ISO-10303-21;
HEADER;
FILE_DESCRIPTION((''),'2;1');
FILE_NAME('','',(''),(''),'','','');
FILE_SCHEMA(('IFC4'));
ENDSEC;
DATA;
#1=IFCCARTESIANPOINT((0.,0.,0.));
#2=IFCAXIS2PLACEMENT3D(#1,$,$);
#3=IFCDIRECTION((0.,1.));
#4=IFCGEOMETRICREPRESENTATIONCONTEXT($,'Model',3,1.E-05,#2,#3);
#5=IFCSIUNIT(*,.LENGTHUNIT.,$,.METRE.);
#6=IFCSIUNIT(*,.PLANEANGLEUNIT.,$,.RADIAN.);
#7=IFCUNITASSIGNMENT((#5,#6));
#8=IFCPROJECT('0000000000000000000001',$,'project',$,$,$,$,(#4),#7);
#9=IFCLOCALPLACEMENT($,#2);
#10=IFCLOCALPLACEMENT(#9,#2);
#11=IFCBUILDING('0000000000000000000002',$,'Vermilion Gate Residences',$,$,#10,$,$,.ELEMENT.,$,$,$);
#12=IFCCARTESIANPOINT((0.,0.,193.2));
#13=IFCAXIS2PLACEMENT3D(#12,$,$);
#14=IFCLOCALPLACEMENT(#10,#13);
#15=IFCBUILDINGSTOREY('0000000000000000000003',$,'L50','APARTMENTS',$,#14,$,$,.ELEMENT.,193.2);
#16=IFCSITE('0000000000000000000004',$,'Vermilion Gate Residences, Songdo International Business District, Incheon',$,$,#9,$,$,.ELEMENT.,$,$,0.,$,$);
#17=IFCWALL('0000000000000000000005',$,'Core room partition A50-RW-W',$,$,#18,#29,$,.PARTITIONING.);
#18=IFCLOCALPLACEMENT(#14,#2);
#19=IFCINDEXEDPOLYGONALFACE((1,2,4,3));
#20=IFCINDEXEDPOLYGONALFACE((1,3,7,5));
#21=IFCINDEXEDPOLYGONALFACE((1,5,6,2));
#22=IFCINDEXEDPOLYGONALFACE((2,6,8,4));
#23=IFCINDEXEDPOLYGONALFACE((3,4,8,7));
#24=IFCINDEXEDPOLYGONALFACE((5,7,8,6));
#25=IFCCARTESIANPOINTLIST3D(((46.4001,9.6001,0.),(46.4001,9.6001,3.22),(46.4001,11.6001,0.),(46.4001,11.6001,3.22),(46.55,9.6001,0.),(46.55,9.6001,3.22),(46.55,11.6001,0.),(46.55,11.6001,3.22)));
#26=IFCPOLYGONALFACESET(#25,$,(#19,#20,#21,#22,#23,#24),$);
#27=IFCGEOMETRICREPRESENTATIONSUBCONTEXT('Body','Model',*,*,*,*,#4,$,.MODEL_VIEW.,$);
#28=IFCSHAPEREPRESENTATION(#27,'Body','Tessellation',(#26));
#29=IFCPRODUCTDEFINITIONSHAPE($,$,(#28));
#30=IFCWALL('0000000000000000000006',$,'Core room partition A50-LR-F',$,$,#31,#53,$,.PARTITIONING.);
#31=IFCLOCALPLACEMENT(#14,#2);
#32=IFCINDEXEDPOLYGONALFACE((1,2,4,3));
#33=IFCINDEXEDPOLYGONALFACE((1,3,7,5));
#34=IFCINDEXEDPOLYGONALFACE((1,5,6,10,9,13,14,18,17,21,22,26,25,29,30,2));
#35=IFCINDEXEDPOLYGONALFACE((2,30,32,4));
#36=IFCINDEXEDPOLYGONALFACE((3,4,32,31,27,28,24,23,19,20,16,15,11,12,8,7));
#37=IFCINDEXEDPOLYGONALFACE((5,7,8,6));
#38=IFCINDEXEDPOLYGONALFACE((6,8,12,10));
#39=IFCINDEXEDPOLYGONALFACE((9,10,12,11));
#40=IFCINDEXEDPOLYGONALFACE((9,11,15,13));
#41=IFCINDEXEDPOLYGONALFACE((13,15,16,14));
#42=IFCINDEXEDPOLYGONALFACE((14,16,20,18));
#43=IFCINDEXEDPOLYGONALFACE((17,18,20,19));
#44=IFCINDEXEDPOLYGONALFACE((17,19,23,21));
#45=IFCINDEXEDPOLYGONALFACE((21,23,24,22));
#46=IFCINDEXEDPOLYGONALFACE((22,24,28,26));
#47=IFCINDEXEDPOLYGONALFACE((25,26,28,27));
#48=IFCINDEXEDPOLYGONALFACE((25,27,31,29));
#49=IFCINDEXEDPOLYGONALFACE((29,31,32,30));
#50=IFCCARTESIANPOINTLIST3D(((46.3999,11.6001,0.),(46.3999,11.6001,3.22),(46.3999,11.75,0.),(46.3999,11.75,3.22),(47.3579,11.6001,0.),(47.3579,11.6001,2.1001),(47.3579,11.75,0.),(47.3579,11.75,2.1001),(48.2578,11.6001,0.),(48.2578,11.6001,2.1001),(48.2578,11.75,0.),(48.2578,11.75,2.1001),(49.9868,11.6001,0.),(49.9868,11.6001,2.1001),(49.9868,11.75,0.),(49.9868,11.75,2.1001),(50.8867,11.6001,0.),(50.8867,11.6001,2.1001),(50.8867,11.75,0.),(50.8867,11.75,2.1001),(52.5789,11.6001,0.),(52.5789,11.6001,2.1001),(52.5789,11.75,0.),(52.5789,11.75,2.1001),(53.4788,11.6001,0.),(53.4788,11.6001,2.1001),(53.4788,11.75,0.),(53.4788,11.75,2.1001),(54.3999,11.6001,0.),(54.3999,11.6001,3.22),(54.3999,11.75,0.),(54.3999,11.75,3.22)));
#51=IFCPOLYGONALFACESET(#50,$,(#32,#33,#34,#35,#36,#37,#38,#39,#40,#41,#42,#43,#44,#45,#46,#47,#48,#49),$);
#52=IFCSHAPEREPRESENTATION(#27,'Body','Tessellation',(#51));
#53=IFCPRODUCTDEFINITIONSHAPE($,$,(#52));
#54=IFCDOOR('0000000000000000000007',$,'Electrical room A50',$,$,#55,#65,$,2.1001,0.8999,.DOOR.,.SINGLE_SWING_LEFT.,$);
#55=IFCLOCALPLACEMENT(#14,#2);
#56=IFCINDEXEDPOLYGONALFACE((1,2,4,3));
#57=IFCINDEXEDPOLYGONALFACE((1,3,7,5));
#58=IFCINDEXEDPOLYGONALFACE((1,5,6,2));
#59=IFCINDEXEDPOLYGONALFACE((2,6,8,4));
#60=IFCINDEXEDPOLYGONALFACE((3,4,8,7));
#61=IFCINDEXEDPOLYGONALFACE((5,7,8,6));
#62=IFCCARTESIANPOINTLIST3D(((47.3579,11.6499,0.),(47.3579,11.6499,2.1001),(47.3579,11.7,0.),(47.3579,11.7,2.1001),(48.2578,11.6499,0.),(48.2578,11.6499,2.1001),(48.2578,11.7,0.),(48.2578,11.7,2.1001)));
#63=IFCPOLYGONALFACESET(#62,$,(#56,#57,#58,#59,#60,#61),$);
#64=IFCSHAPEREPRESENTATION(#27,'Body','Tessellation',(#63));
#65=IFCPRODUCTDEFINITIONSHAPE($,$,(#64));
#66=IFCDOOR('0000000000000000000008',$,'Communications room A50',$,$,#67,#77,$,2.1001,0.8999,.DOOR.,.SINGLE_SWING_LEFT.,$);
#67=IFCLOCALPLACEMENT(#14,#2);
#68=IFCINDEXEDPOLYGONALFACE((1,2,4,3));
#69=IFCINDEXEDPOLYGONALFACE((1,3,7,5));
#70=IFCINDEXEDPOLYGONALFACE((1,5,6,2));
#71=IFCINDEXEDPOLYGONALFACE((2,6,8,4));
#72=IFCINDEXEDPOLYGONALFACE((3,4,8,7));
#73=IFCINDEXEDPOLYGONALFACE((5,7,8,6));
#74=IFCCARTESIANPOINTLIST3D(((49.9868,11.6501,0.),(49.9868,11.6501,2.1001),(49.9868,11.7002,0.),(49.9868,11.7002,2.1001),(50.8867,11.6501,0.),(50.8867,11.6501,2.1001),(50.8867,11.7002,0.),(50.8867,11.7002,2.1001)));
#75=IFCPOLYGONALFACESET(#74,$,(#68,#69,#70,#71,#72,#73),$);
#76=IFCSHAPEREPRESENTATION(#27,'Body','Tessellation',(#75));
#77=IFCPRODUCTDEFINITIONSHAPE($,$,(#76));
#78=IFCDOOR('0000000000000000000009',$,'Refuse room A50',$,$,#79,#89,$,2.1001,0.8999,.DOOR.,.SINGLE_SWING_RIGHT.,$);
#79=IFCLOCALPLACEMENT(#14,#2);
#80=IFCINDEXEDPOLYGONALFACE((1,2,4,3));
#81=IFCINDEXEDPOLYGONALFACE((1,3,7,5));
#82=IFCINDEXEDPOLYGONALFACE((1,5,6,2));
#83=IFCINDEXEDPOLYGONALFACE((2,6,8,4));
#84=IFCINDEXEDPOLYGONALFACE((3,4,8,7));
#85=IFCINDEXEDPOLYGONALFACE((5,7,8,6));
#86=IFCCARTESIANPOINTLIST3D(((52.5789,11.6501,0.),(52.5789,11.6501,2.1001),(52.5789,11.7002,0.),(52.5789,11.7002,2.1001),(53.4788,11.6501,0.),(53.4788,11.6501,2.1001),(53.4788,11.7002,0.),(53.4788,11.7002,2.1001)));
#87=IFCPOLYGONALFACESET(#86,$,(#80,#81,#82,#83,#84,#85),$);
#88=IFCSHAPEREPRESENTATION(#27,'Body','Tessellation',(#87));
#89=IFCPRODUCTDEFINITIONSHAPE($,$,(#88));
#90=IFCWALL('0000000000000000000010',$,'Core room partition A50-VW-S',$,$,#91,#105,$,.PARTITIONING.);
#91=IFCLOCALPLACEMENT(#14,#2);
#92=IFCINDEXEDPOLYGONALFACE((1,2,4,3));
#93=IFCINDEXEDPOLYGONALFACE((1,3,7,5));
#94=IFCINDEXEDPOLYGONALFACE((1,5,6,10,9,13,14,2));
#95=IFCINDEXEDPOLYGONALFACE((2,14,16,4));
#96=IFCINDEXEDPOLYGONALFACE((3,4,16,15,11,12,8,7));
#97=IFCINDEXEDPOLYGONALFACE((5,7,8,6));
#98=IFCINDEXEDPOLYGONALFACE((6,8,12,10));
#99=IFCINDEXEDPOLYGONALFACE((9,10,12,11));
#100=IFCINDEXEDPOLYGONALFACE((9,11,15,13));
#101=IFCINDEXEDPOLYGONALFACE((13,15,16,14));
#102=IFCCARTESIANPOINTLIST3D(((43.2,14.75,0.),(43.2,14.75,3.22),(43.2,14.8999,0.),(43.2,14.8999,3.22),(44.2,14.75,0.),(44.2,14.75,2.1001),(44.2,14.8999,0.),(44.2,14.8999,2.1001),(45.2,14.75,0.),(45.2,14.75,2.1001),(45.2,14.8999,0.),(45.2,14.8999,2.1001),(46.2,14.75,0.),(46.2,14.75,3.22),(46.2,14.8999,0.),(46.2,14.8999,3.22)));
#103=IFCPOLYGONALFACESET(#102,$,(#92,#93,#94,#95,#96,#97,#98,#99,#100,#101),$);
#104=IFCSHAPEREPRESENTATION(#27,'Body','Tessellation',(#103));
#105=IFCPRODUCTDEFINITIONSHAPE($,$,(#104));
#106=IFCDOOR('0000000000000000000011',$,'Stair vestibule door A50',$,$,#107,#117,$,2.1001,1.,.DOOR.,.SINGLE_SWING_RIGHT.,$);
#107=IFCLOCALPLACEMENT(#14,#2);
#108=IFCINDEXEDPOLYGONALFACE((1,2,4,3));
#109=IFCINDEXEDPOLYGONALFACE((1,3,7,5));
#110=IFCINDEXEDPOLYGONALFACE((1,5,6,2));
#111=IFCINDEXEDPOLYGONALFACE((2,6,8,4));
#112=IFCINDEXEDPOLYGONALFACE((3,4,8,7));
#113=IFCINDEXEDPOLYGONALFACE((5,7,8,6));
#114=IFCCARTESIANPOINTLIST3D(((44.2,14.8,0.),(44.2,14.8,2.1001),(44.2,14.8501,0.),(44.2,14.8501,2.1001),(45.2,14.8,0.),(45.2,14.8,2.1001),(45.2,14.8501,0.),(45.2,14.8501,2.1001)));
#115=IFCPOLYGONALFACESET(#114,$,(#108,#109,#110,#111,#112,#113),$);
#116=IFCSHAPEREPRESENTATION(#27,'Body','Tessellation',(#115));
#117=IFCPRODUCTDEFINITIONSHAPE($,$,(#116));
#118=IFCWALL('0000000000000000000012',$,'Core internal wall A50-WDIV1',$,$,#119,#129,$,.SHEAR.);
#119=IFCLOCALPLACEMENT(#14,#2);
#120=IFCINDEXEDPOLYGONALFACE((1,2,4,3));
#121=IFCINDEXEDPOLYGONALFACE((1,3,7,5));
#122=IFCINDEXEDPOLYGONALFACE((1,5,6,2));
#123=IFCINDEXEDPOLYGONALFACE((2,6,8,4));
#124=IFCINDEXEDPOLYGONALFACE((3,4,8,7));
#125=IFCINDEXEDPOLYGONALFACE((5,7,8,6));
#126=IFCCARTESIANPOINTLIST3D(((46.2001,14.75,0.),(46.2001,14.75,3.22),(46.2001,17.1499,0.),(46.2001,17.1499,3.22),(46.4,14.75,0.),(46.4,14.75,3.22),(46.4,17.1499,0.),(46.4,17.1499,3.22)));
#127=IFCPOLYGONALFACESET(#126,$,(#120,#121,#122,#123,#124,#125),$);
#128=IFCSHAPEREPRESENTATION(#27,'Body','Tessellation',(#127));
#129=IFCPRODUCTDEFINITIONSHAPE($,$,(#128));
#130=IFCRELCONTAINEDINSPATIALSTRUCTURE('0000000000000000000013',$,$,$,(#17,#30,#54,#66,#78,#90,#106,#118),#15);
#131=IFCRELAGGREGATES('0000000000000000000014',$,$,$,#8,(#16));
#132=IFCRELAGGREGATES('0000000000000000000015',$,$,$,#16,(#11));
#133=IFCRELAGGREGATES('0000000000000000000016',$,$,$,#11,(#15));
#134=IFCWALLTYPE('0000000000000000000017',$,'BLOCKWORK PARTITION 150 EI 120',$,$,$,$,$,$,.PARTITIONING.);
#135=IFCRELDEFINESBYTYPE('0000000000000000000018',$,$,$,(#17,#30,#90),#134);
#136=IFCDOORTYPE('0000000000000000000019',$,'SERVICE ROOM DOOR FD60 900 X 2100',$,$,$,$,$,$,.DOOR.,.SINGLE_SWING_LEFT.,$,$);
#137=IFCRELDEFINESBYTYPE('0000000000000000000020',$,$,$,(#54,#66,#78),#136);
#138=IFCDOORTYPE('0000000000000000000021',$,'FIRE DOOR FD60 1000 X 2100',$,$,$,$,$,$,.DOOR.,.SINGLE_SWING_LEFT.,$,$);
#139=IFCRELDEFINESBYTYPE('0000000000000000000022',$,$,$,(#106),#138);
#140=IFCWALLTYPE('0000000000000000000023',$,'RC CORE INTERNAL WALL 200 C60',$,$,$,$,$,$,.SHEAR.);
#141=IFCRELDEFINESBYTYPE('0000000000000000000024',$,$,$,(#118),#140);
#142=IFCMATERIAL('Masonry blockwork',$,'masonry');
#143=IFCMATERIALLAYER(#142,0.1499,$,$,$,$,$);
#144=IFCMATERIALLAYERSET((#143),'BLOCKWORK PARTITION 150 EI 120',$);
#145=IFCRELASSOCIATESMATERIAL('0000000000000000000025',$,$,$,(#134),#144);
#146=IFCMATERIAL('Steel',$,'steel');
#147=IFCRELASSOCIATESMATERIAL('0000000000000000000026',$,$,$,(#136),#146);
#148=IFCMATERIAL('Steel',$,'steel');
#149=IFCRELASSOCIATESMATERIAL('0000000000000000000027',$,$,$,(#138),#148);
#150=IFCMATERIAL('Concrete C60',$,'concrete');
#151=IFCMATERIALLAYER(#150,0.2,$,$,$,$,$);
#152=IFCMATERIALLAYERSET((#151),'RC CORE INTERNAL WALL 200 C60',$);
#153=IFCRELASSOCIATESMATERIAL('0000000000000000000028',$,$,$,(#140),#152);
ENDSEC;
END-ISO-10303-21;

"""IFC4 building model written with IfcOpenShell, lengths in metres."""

from ifc_helpers import new_model, si_unit, direction, frame, frame_2d, origin, place, context, subcontext, project, spatial, rectangle, extrude, material, layer, layer_set, type_object, element, fill, save


model = new_model("IFC4")

# Units and contexts
model_context = context("Model", 3, precision=1e-05, world=origin(), true_north=direction((0.0, 1.0)))
body_context = subcontext(model_context, "Body", "Model", "MODEL_VIEW")
ifc_project = project(units=[si_unit("LENGTHUNIT", "METRE"), si_unit("PLANEANGLEUNIT", "RADIAN")], contexts=[model_context])

# Site, building, storey
site_placement = place(None, origin())
site = spatial("IfcSite", under=ifc_project, at=site_placement, Name="Vermilion Gate Residences, Songdo International Business District, Incheon", CompositionType="ELEMENT", RefElevation=0.0)
building_placement = place(site_placement, origin())
building = spatial("IfcBuilding", under=site, at=building_placement, Name="Vermilion Gate Residences", CompositionType="ELEMENT")
storey_placement = place(building_placement, frame((0.0, 0.0, 193.2)))
storey = spatial("IfcBuildingStorey", under=building, at=storey_placement, Name="L50", Description="APARTMENTS", CompositionType="ELEMENT", Elevation=193.2)

# Wall
ifc_material_1 = material(Name="Masonry blockwork", Category="masonry")
ifc_layer_1 = layer(ifc_material_1, 0.1499)
ifc_layer_set_1 = layer_set([ifc_layer_1], Name="BLOCKWORK PARTITION 150 EI 120")
wall_type_1 = type_object("IfcWallType", Name="BLOCKWORK PARTITION 150 EI 120", PredefinedType="PARTITIONING", material=ifc_layer_set_1)
wall_1_placement = place(storey_placement, frame((46.4751, 9.6001, 0.0), z_axis=(0.0, 0.0, 1.0), x_axis=(0.0, 1.0, 0.0)))
element("IfcWall", 1, at=wall_1_placement, inside=storey, type_object=wall_type_1, Name="Core room partition A50-RW-W", PredefinedType="PARTITIONING", context=body_context, shape_type="SweptSolid", body=[
    extrude(rectangle(XDim=2.0, YDim=0.1499, at=frame_2d((1.0, 0.0))), origin(), (0.0, 0.0, 1.0), 3.22),
])

# Wall, openings, doors
wall_2_placement = place(storey_placement, frame((46.3999, 11.675, 0.0), z_axis=(0.0, 0.0, 1.0), x_axis=(1.0, 0.0, 0.0)))
wall_2 = element("IfcWall", 2, at=wall_2_placement, inside=storey, type_object=wall_type_1, Name="Core room partition A50-LR-F", PredefinedType="PARTITIONING", context=body_context, shape_type="SweptSolid", body=[
    extrude(rectangle(XDim=8.0, YDim=0.1499, at=frame_2d((4.0, 0.0))), origin(), (0.0, 0.0, 1.0), 3.22),
])
opening_1_placement = place(wall_2_placement, frame((0.958, 0.0, 0.0)))
opening_1 = element("IfcOpeningElement", 3, at=opening_1_placement, cuts=wall_2, PredefinedType="OPENING", context=body_context, shape_type="SweptSolid", body=[
    extrude(rectangle(XDim=0.8999, YDim=2.1001, at=frame_2d((0.45, 1.05))), frame((0.0, 0.085, 0.0), z_axis=(0.0, -1.0, 0.0), x_axis=(1.0, 0.0, 0.0)), (0.0, 0.0, 1.0), 0.1699),
])
opening_2_placement = place(wall_2_placement, frame((3.5869, 0.0, 0.0)))
opening_2 = element("IfcOpeningElement", 4, at=opening_2_placement, cuts=wall_2, PredefinedType="OPENING", context=body_context, shape_type="SweptSolid", body=[
    extrude(rectangle(XDim=0.8999, YDim=2.1001, at=frame_2d((0.45, 1.05))), frame((0.0, 0.085, 0.0), z_axis=(0.0, -1.0, 0.0), x_axis=(1.0, 0.0, 0.0)), (0.0, 0.0, 1.0), 0.1699),
])
opening_3_placement = place(wall_2_placement, frame((6.179, 0.0, 0.0)))
opening_3 = element("IfcOpeningElement", 5, at=opening_3_placement, cuts=wall_2, PredefinedType="OPENING", context=body_context, shape_type="SweptSolid", body=[
    extrude(rectangle(XDim=0.8999, YDim=2.1001, at=frame_2d((0.45, 1.05))), frame((0.0, 0.085, 0.0), z_axis=(0.0, -1.0, 0.0), x_axis=(1.0, 0.0, 0.0)), (0.0, 0.0, 1.0), 0.1699),
])
ifc_material_2 = material(Name="Steel", Category="steel")
door_type_1 = type_object("IfcDoorType", Name="SERVICE ROOM DOOR FD60 900 X 2100", OperationType="SINGLE_SWING_LEFT", PredefinedType="DOOR", material=ifc_material_2)
door_1_placement = place(opening_1_placement, origin())
door_1 = element("IfcDoor", 6, at=door_1_placement, inside=storey, type_object=door_type_1, Name="Electrical room A50", OperationType="SINGLE_SWING_LEFT", OverallHeight=2.1001, OverallWidth=0.8999, PredefinedType="DOOR", context=body_context, shape_type="SweptSolid", body=[
    extrude(rectangle(XDim=0.8999, YDim=2.1001, at=frame_2d((0.45, 1.05))), frame((0.0, 0.0249, 0.0), z_axis=(0.0, -1.0, 0.0), x_axis=(1.0, 0.0, 0.0)), (0.0, 0.0, 1.0), 0.05),
])
fill(opening_1, door_1)
door_2_placement = place(opening_2_placement, frame((0.8999, 0.0, 0.0), z_axis=(0.0, 0.0, 1.0), x_axis=(-1.0, 0.0, 0.0)))
door_2 = element("IfcDoor", 7, at=door_2_placement, inside=storey, type_object=door_type_1, Name="Communications room A50", OperationType="SINGLE_SWING_LEFT", OverallHeight=2.1001, OverallWidth=0.8999, PredefinedType="DOOR", context=body_context, shape_type="SweptSolid", body=[
    extrude(rectangle(XDim=0.8999, YDim=2.1001, at=frame_2d((0.45, 1.05))), frame((0.0, 0.0249, 0.0), z_axis=(0.0, -1.0, 0.0), x_axis=(1.0, 0.0, 0.0)), (0.0, 0.0, 1.0), 0.05),
])
fill(opening_2, door_2)
door_3_placement = place(opening_3_placement, frame((0.8999, 0.0, 0.0), z_axis=(0.0, 0.0, 1.0), x_axis=(-1.0, 0.0, 0.0)))
door_3 = element("IfcDoor", 8, at=door_3_placement, inside=storey, type_object=door_type_1, Name="Refuse room A50", OperationType="SINGLE_SWING_RIGHT", OverallHeight=2.1001, OverallWidth=0.8999, PredefinedType="DOOR", context=body_context, shape_type="SweptSolid", body=[
    extrude(rectangle(XDim=0.8999, YDim=2.1001, at=frame_2d((0.45, 1.05))), frame((0.0, 0.0249, 0.0), z_axis=(0.0, -1.0, 0.0), x_axis=(1.0, 0.0, 0.0)), (0.0, 0.0, 1.0), 0.05),
])
fill(opening_3, door_3)

# Wall, opening, door
wall_3_placement = place(storey_placement, frame((43.2, 14.825, 0.0), z_axis=(0.0, 0.0, 1.0), x_axis=(1.0, 0.0, 0.0)))
wall_3 = element("IfcWall", 9, at=wall_3_placement, inside=storey, type_object=wall_type_1, Name="Core room partition A50-VW-S", PredefinedType="PARTITIONING", context=body_context, shape_type="SweptSolid", body=[
    extrude(rectangle(XDim=3.0, YDim=0.1499, at=frame_2d((1.5, 0.0))), origin(), (0.0, 0.0, 1.0), 3.22),
])
opening_4_placement = place(wall_3_placement, frame((1.0, 0.0, 0.0)))
opening_4 = element("IfcOpeningElement", 10, at=opening_4_placement, cuts=wall_3, PredefinedType="OPENING", context=body_context, shape_type="SweptSolid", body=[
    extrude(rectangle(XDim=1.0, YDim=2.1001, at=frame_2d((0.5, 1.05))), frame((0.0, 0.085, 0.0), z_axis=(0.0, -1.0, 0.0), x_axis=(1.0, 0.0, 0.0)), (0.0, 0.0, 1.0), 0.1699),
])
ifc_material_3 = material(Name="Steel", Category="steel")
door_type_2 = type_object("IfcDoorType", Name="FIRE DOOR FD60 1000 X 2100", OperationType="SINGLE_SWING_LEFT", PredefinedType="DOOR", material=ifc_material_3)
door_4_placement = place(opening_4_placement, frame((1.0, 0.0, 0.0), z_axis=(0.0, 0.0, 1.0), x_axis=(-1.0, 0.0, 0.0)))
door_4 = element("IfcDoor", 11, at=door_4_placement, inside=storey, type_object=door_type_2, Name="Stair vestibule door A50", OperationType="SINGLE_SWING_RIGHT", OverallHeight=2.1001, OverallWidth=1.0, PredefinedType="DOOR", context=body_context, shape_type="SweptSolid", body=[
    extrude(rectangle(XDim=1.0, YDim=2.1001, at=frame_2d((0.5, 1.05))), frame((0.0, 0.0249, 0.0), z_axis=(0.0, -1.0, 0.0), x_axis=(1.0, 0.0, 0.0)), (0.0, 0.0, 1.0), 0.05),
])
fill(opening_4, door_4)

# Wall
ifc_material_4 = material(Name="Concrete C60", Category="concrete")
ifc_layer_2 = layer(ifc_material_4, 0.2)
ifc_layer_set_2 = layer_set([ifc_layer_2], Name="RC CORE INTERNAL WALL 200 C60")
wall_type_2 = type_object("IfcWallType", Name="RC CORE INTERNAL WALL 200 C60", PredefinedType="SHEAR", material=ifc_layer_set_2)
wall_4_placement = place(storey_placement, frame((46.3, 14.75, 0.0), z_axis=(0.0, 0.0, 1.0), x_axis=(0.0, 1.0, 0.0)))
element("IfcWall", 12, at=wall_4_placement, inside=storey, type_object=wall_type_2, Name="Core internal wall A50-WDIV1", PredefinedType="SHEAR", context=body_context, shape_type="SweptSolid", body=[
    extrude(rectangle(XDim=2.3999, YDim=0.2, at=frame_2d((1.2, 0.0))), origin(), (0.0, 0.0, 1.0), 3.22),
])

save(model, "model.ifc")
